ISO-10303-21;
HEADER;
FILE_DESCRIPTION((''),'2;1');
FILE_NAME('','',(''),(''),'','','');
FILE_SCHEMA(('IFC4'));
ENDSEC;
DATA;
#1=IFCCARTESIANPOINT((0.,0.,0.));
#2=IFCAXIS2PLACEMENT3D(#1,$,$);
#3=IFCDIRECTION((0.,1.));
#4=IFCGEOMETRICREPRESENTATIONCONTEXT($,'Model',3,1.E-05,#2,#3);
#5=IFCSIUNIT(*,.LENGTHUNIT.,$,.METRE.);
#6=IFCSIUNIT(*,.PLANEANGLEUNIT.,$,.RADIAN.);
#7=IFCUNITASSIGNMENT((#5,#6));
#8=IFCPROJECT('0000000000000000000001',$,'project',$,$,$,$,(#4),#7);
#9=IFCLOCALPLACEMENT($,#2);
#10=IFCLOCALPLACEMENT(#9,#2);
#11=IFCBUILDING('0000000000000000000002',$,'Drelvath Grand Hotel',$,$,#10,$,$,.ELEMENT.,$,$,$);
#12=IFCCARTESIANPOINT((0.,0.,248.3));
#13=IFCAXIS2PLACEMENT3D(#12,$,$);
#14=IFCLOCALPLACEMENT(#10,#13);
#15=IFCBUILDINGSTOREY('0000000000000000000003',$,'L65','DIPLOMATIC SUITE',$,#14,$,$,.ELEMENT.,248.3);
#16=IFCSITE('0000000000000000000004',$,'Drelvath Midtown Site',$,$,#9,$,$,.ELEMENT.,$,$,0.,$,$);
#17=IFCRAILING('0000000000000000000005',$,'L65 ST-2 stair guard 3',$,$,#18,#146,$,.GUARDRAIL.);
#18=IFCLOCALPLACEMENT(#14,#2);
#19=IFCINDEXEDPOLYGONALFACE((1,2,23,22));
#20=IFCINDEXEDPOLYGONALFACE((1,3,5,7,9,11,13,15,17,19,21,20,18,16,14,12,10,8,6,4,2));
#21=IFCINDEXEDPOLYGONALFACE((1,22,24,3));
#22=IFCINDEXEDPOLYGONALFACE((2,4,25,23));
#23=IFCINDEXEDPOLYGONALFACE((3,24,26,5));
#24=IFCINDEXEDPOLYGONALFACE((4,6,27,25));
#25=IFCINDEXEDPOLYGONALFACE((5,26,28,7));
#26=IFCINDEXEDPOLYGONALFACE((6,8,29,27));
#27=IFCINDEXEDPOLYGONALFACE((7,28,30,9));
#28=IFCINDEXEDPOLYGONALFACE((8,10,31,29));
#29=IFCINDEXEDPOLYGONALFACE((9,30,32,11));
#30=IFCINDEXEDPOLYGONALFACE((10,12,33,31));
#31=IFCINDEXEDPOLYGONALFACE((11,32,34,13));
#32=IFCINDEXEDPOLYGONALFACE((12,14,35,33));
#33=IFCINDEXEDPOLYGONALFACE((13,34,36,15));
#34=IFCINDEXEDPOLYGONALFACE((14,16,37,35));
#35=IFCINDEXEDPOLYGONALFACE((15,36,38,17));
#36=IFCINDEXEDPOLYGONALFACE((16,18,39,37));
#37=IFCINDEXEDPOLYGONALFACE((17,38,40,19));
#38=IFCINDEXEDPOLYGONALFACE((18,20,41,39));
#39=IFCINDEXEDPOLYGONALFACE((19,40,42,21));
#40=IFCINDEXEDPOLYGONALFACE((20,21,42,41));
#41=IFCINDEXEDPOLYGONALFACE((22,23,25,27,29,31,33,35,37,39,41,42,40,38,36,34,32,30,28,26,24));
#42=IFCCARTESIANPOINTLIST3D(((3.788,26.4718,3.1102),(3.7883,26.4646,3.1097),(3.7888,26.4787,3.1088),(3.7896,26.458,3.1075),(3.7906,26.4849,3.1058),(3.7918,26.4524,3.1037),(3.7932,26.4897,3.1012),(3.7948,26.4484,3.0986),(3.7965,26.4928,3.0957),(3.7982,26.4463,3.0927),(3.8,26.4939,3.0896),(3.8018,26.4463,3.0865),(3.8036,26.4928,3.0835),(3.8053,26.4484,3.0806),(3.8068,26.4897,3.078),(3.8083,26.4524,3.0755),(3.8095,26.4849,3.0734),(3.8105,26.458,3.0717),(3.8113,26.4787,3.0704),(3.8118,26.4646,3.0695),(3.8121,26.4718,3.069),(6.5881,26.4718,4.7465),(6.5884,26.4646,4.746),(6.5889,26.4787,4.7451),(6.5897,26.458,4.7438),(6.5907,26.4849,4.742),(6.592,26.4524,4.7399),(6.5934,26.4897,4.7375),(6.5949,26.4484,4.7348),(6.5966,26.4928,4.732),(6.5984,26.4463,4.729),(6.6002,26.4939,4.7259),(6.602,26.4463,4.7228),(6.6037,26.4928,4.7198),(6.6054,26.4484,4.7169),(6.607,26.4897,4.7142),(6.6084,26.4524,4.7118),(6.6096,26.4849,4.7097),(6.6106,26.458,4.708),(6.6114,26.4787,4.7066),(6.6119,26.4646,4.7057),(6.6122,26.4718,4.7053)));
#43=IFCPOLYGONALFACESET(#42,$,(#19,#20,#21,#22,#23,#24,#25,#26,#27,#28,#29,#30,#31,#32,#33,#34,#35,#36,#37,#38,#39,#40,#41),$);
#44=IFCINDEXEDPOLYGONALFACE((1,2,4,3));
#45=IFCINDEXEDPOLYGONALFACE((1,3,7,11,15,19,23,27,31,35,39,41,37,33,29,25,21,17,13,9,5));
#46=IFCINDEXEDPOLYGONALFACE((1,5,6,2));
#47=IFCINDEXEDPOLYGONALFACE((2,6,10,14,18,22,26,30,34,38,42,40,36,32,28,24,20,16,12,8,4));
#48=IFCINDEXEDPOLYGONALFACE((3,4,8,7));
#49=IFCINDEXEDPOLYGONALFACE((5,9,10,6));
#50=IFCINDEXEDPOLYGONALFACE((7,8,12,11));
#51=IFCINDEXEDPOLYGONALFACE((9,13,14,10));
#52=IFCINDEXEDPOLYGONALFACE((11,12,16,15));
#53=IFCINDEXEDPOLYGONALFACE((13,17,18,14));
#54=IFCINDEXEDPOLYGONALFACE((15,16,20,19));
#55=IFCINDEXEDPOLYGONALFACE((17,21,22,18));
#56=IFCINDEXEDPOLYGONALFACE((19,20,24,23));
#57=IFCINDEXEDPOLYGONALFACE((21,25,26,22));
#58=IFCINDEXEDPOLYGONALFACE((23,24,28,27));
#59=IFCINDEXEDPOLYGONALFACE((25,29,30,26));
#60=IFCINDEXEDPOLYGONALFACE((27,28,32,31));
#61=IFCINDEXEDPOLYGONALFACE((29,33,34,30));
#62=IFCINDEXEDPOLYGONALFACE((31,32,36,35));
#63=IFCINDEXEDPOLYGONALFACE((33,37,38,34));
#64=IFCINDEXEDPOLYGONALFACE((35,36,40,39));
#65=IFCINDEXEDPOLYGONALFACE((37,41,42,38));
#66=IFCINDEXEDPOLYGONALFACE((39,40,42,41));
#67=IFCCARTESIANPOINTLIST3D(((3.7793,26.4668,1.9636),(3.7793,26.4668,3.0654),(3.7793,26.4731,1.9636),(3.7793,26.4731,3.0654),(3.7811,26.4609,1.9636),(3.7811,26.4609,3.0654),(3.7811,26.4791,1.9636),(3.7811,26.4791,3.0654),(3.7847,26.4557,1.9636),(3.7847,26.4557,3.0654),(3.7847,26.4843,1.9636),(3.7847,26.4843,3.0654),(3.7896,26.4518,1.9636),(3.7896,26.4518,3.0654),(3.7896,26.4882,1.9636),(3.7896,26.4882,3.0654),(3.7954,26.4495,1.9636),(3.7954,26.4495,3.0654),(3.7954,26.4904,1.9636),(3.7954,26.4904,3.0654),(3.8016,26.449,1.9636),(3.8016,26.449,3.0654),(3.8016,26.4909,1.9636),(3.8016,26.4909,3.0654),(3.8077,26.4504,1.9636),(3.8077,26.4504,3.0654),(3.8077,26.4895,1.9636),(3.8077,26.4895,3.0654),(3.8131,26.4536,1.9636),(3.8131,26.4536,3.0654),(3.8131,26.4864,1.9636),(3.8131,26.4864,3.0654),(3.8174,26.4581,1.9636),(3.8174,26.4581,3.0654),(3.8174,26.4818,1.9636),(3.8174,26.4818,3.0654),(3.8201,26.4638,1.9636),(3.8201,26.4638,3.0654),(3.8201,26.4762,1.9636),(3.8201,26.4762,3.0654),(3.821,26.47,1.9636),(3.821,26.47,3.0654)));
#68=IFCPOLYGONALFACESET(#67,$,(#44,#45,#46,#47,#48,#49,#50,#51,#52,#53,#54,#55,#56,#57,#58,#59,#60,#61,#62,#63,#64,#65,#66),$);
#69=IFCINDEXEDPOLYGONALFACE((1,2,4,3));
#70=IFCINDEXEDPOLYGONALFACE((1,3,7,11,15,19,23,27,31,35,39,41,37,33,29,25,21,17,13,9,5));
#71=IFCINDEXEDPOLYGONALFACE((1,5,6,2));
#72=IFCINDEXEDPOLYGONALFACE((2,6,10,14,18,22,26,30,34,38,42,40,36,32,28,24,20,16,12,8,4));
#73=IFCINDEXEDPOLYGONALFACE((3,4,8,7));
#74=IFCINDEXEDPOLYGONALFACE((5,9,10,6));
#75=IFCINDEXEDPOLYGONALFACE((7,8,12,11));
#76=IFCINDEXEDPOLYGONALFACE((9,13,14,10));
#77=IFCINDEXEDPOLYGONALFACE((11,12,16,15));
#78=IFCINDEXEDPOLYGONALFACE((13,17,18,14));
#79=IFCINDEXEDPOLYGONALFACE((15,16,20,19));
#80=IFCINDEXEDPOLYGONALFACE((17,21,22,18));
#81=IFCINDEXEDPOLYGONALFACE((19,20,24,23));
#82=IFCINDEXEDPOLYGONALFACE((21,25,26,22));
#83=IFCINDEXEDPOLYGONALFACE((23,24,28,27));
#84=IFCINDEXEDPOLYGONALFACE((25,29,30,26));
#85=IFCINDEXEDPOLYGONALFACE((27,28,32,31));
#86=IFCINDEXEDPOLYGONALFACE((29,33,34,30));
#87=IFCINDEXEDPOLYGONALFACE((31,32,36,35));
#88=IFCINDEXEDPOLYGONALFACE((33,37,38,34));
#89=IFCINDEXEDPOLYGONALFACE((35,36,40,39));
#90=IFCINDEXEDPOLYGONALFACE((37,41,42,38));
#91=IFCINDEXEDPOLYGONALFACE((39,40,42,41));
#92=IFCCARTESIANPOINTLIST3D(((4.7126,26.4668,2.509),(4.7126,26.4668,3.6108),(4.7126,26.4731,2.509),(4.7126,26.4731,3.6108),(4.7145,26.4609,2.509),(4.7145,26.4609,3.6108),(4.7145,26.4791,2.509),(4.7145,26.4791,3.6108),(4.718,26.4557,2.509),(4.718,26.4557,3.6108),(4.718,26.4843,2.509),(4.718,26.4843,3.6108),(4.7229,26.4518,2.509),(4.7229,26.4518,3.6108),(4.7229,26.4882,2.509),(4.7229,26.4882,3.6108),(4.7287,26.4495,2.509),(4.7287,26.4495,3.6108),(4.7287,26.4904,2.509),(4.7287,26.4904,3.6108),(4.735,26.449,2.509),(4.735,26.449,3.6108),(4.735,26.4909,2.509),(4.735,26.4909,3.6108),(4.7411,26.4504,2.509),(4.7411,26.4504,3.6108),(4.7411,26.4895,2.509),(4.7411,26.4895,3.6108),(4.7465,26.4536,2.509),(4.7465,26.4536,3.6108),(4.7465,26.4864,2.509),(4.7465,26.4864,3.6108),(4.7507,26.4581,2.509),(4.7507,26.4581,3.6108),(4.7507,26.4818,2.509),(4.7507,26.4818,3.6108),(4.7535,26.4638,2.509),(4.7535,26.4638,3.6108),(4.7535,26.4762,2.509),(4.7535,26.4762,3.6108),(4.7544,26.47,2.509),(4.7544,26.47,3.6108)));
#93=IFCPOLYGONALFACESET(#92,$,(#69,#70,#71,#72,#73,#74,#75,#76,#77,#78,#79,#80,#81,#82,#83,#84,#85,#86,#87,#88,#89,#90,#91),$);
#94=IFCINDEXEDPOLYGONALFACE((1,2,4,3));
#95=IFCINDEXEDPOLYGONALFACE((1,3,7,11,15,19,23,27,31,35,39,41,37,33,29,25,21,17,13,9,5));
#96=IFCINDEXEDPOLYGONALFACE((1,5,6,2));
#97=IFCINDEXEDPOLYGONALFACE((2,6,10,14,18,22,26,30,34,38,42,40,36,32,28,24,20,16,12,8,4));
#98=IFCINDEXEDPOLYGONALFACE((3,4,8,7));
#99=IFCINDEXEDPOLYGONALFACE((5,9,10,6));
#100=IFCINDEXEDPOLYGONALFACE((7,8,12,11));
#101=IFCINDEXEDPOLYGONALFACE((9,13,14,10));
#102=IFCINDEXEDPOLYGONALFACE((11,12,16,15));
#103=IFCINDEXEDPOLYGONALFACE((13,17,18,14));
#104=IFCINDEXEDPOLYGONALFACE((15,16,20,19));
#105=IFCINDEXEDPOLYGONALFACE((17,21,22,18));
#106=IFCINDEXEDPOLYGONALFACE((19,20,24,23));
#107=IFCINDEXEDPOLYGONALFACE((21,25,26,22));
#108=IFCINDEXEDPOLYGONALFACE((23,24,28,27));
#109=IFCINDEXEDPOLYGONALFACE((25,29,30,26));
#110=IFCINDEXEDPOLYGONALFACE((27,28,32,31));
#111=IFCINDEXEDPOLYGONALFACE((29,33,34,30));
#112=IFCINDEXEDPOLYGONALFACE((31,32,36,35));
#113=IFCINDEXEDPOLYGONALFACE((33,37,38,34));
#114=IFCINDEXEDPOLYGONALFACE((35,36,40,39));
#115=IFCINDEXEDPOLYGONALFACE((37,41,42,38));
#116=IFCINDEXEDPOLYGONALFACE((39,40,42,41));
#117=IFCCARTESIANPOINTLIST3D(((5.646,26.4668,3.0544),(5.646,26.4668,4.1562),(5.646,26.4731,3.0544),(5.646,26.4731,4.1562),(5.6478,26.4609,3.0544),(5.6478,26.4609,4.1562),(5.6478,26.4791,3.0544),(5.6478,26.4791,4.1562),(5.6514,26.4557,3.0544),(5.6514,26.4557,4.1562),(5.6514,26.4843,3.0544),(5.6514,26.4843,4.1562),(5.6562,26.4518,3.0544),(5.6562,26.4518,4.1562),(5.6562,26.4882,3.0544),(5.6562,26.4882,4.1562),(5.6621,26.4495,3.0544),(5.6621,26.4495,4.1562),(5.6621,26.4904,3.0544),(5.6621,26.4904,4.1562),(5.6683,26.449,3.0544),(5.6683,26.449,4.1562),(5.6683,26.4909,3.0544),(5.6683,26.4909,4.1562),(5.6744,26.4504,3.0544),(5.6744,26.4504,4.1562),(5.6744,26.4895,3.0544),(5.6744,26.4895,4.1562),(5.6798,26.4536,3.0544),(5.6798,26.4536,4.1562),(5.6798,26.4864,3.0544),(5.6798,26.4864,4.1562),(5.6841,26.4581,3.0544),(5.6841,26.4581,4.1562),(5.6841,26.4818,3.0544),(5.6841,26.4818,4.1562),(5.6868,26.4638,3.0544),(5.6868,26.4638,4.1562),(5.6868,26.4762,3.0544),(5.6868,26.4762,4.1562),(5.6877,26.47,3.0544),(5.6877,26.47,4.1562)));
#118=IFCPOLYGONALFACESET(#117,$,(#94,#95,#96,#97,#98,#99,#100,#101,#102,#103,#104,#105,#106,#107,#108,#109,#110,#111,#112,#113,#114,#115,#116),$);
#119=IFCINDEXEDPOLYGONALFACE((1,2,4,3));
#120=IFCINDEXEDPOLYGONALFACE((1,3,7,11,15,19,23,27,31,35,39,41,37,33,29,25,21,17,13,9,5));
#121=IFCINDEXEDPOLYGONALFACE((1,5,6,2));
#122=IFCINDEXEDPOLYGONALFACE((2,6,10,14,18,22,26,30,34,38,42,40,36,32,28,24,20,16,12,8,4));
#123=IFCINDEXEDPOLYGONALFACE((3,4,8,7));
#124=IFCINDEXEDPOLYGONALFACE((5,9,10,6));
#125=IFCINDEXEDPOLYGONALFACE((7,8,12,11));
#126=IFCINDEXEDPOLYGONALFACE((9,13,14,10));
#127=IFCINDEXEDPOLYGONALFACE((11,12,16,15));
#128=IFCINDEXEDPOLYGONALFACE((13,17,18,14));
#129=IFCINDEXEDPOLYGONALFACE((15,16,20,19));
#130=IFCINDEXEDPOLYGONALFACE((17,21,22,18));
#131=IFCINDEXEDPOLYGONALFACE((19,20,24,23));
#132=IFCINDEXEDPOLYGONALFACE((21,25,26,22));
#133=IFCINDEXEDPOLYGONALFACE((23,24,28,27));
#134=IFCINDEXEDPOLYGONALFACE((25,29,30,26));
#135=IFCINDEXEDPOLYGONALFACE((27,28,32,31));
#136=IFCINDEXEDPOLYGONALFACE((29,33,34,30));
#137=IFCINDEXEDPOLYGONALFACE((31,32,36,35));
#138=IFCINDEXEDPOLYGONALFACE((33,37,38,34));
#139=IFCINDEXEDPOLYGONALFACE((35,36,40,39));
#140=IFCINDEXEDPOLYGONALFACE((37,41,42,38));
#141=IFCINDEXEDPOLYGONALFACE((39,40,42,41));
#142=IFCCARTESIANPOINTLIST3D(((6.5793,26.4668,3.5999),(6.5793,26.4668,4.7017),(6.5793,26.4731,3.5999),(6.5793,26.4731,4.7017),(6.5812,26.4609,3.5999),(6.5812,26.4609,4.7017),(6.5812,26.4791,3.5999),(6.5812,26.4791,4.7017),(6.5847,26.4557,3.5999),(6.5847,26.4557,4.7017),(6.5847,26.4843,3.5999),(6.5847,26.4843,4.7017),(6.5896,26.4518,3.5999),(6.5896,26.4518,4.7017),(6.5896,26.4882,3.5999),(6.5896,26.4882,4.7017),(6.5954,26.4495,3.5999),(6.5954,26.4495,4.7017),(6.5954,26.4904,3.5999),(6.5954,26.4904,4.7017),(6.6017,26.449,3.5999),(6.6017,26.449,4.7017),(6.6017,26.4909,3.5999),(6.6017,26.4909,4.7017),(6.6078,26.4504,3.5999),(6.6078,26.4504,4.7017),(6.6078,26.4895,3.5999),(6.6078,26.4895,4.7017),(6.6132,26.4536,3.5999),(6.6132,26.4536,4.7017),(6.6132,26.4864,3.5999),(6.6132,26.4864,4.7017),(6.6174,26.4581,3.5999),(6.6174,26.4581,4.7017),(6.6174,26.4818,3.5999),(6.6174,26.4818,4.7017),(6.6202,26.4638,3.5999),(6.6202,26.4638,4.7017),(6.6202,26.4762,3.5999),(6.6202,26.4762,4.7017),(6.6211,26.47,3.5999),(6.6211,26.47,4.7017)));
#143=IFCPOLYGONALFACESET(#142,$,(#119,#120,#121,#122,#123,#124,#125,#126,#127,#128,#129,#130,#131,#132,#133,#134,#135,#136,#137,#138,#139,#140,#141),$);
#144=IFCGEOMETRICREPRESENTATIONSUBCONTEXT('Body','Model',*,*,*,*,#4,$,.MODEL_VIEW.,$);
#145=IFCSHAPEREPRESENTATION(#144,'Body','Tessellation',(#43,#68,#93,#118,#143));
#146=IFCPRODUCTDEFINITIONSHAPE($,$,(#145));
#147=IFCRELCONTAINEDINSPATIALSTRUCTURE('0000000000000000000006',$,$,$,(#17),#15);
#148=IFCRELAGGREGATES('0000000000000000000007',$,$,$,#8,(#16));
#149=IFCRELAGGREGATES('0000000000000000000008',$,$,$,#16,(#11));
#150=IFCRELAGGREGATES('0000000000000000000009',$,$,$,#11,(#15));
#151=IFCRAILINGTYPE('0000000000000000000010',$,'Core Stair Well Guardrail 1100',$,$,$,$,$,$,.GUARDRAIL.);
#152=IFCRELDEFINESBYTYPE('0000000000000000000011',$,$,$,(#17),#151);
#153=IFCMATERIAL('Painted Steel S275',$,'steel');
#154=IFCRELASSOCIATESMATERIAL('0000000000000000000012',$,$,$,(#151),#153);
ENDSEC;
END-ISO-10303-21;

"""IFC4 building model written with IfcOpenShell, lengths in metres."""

from ifc_helpers import new_model, si_unit, direction, frame, origin, origin_2d, place, context, subcontext, project, spatial, circle, extrude, material, type_object, element, save


model = new_model("IFC4")

# Units and contexts
model_context = context("Model", 3, precision=1e-05, world=origin(), true_north=direction((0.0, 1.0)))
body_context = subcontext(model_context, "Body", "Model", "MODEL_VIEW")
ifc_project = project(units=[si_unit("LENGTHUNIT", "METRE"), si_unit("PLANEANGLEUNIT", "RADIAN")], contexts=[model_context])

# Site, building, storey
site_placement = place(None, origin())
site = spatial("IfcSite", under=ifc_project, at=site_placement, Name="Drelvath Midtown Site", CompositionType="ELEMENT", RefElevation=0.0)
building_placement = place(site_placement, origin())
building = spatial("IfcBuilding", under=site, at=building_placement, Name="Drelvath Grand Hotel", CompositionType="ELEMENT")
storey_placement = place(building_placement, frame((0.0, 0.0, 248.3)))
storey = spatial("IfcBuildingStorey", under=building, at=storey_placement, Name="L65", Description="DIPLOMATIC SUITE", CompositionType="ELEMENT", Elevation=248.3)

# Railing
ifc_material_1 = material(Name="Painted Steel S275", Category="steel")
railing_type_1 = type_object("IfcRailingType", Name="Core Stair Well Guardrail 1100", PredefinedType="GUARDRAIL", material=ifc_material_1)
railing_1_placement = place(storey_placement, frame((3.8, 26.47, 1.9636)))
element("IfcRailing", 1, at=railing_1_placement, inside=storey, type_object=railing_type_1, Name="L65 ST-2 stair guard 3", PredefinedType="GUARDRAIL", context=body_context, shape_type="SweptSolid", body=[
    extrude(circle(Radius=0.0239, at=origin_2d()), frame((0.0, 0.0, 1.126), z_axis=(0.863394, 0.0, 0.504531), x_axis=(0.0, 1.0, 0.0)), (0.0, 0.0, 1.0), 3.2432),
    extrude(circle(Radius=0.021, at=origin_2d()), origin(), (0.0, 0.0, 1.0), 1.1018),
    extrude(circle(Radius=0.021, at=origin_2d()), frame((0.9333, 0.0, 0.5454)), (0.0, 0.0, 1.0), 1.1018),
    extrude(circle(Radius=0.021, at=origin_2d()), frame((1.8667, 0.0, 1.0908)), (0.0, 0.0, 1.0), 1.1018),
    extrude(circle(Radius=0.021, at=origin_2d()), frame((2.8, 0.0, 1.6362)), (0.0, 0.0, 1.0), 1.1018),
])

save(model, "model.ifc")
